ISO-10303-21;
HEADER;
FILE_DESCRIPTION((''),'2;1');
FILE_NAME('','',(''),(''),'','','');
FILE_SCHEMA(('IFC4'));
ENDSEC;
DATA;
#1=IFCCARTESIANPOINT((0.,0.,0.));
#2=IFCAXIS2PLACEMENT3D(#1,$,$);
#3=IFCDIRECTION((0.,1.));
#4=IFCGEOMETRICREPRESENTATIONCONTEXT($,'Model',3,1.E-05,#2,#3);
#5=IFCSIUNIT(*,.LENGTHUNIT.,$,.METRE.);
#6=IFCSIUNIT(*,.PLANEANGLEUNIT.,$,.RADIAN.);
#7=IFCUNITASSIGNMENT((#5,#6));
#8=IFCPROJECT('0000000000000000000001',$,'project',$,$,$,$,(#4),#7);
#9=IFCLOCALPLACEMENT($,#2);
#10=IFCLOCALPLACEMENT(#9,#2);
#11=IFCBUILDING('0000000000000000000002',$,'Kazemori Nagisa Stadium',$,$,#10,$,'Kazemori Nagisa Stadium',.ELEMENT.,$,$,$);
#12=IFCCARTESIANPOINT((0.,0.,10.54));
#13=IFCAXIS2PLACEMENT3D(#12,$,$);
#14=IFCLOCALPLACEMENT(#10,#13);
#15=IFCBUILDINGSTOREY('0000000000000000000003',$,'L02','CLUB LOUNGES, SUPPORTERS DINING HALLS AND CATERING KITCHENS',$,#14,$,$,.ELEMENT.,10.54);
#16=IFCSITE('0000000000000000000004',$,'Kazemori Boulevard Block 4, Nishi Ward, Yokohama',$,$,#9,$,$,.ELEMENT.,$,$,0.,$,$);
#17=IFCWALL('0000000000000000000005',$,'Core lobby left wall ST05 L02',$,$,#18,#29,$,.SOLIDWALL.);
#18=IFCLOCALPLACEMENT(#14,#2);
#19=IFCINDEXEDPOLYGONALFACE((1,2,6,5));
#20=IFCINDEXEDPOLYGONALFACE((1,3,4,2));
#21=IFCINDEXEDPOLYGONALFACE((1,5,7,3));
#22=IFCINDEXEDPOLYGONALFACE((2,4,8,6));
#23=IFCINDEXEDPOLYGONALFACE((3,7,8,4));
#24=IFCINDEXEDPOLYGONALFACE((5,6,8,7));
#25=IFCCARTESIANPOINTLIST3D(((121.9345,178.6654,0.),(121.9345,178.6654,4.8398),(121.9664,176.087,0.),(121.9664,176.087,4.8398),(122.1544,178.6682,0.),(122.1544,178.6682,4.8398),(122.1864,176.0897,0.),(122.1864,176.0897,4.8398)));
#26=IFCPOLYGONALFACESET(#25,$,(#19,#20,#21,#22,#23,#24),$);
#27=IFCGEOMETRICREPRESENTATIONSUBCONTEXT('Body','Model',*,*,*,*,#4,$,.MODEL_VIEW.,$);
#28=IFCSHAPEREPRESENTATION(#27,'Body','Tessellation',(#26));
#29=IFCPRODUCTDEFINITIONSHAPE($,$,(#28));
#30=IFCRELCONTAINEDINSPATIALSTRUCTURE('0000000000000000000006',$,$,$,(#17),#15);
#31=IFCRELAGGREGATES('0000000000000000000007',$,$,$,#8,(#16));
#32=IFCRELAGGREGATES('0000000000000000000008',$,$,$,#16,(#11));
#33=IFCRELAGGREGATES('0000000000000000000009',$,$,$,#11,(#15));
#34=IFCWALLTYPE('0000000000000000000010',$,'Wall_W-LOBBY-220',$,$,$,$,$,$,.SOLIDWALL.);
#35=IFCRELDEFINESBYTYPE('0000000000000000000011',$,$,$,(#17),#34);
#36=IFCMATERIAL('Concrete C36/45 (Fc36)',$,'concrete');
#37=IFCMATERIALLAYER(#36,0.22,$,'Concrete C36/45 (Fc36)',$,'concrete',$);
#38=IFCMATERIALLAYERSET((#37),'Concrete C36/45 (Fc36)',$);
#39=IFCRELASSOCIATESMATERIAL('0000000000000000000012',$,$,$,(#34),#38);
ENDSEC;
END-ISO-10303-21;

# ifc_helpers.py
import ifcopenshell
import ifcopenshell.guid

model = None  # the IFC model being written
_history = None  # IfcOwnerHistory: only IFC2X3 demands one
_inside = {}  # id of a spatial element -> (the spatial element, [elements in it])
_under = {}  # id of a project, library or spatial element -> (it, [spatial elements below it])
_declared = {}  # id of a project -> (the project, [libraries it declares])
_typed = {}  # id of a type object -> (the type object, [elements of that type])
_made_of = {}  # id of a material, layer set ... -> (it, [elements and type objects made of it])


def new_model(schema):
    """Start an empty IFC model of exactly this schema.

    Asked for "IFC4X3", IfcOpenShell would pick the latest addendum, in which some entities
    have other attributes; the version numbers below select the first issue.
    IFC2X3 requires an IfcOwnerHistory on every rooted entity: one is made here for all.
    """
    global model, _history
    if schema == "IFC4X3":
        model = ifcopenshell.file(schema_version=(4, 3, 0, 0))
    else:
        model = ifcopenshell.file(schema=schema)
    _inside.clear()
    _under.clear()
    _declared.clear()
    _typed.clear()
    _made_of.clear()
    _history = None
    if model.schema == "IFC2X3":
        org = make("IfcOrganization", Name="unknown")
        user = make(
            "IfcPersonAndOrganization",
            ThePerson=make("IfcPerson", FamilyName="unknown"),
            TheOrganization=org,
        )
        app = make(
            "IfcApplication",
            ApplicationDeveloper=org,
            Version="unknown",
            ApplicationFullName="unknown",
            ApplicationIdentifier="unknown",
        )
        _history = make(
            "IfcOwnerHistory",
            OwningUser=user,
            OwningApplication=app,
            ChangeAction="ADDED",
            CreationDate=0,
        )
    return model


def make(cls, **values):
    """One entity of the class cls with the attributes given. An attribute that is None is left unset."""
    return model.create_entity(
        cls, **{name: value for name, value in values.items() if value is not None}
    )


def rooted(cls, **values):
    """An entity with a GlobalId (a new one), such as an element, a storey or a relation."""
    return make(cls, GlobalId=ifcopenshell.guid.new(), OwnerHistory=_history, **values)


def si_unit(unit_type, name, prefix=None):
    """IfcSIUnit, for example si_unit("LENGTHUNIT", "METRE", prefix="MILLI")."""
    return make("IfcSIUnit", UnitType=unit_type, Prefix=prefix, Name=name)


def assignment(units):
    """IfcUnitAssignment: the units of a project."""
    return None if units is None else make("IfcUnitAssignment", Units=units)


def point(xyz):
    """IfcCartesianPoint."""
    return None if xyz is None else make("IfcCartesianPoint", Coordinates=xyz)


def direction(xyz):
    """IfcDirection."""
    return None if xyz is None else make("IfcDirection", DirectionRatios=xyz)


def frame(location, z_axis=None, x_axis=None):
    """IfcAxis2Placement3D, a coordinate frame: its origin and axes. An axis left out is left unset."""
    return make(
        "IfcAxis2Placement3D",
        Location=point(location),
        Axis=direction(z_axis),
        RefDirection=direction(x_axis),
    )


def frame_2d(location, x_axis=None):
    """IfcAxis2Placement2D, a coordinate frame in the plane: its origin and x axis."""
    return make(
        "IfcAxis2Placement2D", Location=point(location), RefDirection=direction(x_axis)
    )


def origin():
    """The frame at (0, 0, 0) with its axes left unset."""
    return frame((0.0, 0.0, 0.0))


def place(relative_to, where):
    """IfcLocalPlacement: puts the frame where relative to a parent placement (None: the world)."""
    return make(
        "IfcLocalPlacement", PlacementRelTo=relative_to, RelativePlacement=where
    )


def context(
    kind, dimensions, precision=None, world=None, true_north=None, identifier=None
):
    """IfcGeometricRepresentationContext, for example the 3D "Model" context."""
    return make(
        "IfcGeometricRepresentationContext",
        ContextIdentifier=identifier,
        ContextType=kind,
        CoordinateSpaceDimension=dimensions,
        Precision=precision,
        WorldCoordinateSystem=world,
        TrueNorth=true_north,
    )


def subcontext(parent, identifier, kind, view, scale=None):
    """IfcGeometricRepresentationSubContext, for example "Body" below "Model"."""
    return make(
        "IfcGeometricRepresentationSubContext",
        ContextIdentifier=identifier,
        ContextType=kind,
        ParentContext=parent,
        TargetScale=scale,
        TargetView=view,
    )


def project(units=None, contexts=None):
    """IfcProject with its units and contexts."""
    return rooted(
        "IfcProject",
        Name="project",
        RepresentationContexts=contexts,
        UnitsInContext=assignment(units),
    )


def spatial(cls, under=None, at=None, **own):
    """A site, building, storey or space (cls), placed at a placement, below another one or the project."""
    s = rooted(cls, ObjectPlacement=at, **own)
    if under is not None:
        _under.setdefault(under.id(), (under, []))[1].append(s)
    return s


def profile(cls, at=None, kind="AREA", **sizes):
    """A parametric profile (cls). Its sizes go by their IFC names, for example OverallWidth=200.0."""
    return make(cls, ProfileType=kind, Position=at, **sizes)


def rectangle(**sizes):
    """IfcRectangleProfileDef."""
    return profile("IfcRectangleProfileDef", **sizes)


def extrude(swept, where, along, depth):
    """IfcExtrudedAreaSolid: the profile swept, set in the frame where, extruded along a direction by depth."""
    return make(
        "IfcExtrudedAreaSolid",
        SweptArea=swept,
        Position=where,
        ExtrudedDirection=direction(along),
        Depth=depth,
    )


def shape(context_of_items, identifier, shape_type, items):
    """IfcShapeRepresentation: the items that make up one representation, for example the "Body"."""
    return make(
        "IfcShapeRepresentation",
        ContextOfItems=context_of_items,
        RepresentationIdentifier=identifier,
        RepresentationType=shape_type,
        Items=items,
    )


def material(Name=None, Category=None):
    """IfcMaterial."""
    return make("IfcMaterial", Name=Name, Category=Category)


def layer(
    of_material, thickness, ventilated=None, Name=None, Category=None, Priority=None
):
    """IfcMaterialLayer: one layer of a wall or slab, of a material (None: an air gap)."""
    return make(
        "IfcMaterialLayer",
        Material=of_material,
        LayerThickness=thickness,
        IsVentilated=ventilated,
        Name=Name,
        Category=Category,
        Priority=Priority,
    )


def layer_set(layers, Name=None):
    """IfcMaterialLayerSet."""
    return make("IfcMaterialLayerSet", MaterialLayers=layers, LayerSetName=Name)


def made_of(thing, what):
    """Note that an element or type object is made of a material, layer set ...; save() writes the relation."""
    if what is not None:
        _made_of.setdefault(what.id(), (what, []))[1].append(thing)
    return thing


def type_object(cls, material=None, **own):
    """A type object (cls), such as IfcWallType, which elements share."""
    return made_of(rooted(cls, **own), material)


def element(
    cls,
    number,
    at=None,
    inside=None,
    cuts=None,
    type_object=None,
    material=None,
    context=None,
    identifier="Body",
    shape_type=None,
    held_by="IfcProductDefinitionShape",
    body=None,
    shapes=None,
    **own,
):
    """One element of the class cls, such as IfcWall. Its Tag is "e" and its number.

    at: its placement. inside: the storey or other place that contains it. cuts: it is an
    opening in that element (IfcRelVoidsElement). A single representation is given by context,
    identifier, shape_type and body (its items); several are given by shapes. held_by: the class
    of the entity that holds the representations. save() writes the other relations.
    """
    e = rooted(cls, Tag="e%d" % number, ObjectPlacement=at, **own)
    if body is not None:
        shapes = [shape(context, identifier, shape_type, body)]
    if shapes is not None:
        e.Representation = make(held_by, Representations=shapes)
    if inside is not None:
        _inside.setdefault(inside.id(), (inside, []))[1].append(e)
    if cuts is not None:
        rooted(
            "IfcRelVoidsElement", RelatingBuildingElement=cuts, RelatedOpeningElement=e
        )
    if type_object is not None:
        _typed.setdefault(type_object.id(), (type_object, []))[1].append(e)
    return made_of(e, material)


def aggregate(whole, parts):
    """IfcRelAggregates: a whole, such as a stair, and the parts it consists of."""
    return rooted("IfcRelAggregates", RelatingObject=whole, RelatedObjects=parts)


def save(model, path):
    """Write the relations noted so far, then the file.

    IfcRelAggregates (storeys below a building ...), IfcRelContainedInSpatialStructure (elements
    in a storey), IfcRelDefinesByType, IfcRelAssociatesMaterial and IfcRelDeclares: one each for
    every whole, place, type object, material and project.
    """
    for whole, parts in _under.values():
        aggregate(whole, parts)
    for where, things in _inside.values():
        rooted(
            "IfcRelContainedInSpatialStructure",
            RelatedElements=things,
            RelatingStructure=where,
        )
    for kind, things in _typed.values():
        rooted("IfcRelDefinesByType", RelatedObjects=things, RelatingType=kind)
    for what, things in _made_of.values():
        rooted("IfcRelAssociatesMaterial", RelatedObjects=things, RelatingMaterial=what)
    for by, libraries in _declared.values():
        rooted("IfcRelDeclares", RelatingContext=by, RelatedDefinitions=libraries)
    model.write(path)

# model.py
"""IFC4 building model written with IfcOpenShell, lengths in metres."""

from ifc_helpers import new_model, si_unit, direction, frame, frame_2d, origin, place, context, subcontext, project, spatial, rectangle, extrude, material, layer, layer_set, type_object, element, save


model = new_model("IFC4")

# Units and contexts
model_context = context("Model", 3, precision=1e-05, world=origin(), true_north=direction((0.0, 1.0)))
body_context = subcontext(model_context, "Body", "Model", "MODEL_VIEW")
ifc_project = project(units=[si_unit("LENGTHUNIT", "METRE"), si_unit("PLANEANGLEUNIT", "RADIAN")], contexts=[model_context])

# Site, building, storey
site_placement = place(None, origin())
site = spatial("IfcSite", under=ifc_project, at=site_placement, Name="Kazemori Boulevard Block 4, Nishi Ward, Yokohama", CompositionType="ELEMENT", RefElevation=0.0)
building_placement = place(site_placement, origin())
building = spatial("IfcBuilding", under=site, at=building_placement, Name="Kazemori Nagisa Stadium", LongName="Kazemori Nagisa Stadium", CompositionType="ELEMENT")
storey_placement = place(building_placement, frame((0.0, 0.0, 10.54)))
storey = spatial("IfcBuildingStorey", under=building, at=storey_placement, Name="L02", Description="CLUB LOUNGES, SUPPORTERS DINING HALLS AND CATERING KITCHENS", CompositionType="ELEMENT", Elevation=10.54)

# Wall
ifc_material_1 = material(Name="Concrete C36/45 (Fc36)", Category="concrete")
ifc_layer_1 = layer(ifc_material_1, 0.22, Name="Concrete C36/45 (Fc36)", Category="concrete")
ifc_layer_set_1 = layer_set([ifc_layer_1], Name="Concrete C36/45 (Fc36)")
wall_type = type_object("IfcWallType", Name="Wall_W-LOBBY-220", PredefinedType="SOLIDWALL", material=ifc_layer_set_1)
wall_placement = place(storey_placement, frame((122.0764, 176.0884, 0.0), z_axis=(0.0, 0.0, 1.0), x_axis=(-0.012403, 0.999923, 0.0)))
element("IfcWall", 1, at=wall_placement, inside=storey, type_object=wall_type, Name="Core lobby left wall ST05 L02", PredefinedType="SOLIDWALL", context=body_context, shape_type="SweptSolid", body=[
    extrude(rectangle(XDim=2.5786, YDim=0.22, at=frame_2d((1.2893, 0.0))), origin(), (0.0, 0.0, 1.0), 4.8398),
])

save(model, "model.ifc")
